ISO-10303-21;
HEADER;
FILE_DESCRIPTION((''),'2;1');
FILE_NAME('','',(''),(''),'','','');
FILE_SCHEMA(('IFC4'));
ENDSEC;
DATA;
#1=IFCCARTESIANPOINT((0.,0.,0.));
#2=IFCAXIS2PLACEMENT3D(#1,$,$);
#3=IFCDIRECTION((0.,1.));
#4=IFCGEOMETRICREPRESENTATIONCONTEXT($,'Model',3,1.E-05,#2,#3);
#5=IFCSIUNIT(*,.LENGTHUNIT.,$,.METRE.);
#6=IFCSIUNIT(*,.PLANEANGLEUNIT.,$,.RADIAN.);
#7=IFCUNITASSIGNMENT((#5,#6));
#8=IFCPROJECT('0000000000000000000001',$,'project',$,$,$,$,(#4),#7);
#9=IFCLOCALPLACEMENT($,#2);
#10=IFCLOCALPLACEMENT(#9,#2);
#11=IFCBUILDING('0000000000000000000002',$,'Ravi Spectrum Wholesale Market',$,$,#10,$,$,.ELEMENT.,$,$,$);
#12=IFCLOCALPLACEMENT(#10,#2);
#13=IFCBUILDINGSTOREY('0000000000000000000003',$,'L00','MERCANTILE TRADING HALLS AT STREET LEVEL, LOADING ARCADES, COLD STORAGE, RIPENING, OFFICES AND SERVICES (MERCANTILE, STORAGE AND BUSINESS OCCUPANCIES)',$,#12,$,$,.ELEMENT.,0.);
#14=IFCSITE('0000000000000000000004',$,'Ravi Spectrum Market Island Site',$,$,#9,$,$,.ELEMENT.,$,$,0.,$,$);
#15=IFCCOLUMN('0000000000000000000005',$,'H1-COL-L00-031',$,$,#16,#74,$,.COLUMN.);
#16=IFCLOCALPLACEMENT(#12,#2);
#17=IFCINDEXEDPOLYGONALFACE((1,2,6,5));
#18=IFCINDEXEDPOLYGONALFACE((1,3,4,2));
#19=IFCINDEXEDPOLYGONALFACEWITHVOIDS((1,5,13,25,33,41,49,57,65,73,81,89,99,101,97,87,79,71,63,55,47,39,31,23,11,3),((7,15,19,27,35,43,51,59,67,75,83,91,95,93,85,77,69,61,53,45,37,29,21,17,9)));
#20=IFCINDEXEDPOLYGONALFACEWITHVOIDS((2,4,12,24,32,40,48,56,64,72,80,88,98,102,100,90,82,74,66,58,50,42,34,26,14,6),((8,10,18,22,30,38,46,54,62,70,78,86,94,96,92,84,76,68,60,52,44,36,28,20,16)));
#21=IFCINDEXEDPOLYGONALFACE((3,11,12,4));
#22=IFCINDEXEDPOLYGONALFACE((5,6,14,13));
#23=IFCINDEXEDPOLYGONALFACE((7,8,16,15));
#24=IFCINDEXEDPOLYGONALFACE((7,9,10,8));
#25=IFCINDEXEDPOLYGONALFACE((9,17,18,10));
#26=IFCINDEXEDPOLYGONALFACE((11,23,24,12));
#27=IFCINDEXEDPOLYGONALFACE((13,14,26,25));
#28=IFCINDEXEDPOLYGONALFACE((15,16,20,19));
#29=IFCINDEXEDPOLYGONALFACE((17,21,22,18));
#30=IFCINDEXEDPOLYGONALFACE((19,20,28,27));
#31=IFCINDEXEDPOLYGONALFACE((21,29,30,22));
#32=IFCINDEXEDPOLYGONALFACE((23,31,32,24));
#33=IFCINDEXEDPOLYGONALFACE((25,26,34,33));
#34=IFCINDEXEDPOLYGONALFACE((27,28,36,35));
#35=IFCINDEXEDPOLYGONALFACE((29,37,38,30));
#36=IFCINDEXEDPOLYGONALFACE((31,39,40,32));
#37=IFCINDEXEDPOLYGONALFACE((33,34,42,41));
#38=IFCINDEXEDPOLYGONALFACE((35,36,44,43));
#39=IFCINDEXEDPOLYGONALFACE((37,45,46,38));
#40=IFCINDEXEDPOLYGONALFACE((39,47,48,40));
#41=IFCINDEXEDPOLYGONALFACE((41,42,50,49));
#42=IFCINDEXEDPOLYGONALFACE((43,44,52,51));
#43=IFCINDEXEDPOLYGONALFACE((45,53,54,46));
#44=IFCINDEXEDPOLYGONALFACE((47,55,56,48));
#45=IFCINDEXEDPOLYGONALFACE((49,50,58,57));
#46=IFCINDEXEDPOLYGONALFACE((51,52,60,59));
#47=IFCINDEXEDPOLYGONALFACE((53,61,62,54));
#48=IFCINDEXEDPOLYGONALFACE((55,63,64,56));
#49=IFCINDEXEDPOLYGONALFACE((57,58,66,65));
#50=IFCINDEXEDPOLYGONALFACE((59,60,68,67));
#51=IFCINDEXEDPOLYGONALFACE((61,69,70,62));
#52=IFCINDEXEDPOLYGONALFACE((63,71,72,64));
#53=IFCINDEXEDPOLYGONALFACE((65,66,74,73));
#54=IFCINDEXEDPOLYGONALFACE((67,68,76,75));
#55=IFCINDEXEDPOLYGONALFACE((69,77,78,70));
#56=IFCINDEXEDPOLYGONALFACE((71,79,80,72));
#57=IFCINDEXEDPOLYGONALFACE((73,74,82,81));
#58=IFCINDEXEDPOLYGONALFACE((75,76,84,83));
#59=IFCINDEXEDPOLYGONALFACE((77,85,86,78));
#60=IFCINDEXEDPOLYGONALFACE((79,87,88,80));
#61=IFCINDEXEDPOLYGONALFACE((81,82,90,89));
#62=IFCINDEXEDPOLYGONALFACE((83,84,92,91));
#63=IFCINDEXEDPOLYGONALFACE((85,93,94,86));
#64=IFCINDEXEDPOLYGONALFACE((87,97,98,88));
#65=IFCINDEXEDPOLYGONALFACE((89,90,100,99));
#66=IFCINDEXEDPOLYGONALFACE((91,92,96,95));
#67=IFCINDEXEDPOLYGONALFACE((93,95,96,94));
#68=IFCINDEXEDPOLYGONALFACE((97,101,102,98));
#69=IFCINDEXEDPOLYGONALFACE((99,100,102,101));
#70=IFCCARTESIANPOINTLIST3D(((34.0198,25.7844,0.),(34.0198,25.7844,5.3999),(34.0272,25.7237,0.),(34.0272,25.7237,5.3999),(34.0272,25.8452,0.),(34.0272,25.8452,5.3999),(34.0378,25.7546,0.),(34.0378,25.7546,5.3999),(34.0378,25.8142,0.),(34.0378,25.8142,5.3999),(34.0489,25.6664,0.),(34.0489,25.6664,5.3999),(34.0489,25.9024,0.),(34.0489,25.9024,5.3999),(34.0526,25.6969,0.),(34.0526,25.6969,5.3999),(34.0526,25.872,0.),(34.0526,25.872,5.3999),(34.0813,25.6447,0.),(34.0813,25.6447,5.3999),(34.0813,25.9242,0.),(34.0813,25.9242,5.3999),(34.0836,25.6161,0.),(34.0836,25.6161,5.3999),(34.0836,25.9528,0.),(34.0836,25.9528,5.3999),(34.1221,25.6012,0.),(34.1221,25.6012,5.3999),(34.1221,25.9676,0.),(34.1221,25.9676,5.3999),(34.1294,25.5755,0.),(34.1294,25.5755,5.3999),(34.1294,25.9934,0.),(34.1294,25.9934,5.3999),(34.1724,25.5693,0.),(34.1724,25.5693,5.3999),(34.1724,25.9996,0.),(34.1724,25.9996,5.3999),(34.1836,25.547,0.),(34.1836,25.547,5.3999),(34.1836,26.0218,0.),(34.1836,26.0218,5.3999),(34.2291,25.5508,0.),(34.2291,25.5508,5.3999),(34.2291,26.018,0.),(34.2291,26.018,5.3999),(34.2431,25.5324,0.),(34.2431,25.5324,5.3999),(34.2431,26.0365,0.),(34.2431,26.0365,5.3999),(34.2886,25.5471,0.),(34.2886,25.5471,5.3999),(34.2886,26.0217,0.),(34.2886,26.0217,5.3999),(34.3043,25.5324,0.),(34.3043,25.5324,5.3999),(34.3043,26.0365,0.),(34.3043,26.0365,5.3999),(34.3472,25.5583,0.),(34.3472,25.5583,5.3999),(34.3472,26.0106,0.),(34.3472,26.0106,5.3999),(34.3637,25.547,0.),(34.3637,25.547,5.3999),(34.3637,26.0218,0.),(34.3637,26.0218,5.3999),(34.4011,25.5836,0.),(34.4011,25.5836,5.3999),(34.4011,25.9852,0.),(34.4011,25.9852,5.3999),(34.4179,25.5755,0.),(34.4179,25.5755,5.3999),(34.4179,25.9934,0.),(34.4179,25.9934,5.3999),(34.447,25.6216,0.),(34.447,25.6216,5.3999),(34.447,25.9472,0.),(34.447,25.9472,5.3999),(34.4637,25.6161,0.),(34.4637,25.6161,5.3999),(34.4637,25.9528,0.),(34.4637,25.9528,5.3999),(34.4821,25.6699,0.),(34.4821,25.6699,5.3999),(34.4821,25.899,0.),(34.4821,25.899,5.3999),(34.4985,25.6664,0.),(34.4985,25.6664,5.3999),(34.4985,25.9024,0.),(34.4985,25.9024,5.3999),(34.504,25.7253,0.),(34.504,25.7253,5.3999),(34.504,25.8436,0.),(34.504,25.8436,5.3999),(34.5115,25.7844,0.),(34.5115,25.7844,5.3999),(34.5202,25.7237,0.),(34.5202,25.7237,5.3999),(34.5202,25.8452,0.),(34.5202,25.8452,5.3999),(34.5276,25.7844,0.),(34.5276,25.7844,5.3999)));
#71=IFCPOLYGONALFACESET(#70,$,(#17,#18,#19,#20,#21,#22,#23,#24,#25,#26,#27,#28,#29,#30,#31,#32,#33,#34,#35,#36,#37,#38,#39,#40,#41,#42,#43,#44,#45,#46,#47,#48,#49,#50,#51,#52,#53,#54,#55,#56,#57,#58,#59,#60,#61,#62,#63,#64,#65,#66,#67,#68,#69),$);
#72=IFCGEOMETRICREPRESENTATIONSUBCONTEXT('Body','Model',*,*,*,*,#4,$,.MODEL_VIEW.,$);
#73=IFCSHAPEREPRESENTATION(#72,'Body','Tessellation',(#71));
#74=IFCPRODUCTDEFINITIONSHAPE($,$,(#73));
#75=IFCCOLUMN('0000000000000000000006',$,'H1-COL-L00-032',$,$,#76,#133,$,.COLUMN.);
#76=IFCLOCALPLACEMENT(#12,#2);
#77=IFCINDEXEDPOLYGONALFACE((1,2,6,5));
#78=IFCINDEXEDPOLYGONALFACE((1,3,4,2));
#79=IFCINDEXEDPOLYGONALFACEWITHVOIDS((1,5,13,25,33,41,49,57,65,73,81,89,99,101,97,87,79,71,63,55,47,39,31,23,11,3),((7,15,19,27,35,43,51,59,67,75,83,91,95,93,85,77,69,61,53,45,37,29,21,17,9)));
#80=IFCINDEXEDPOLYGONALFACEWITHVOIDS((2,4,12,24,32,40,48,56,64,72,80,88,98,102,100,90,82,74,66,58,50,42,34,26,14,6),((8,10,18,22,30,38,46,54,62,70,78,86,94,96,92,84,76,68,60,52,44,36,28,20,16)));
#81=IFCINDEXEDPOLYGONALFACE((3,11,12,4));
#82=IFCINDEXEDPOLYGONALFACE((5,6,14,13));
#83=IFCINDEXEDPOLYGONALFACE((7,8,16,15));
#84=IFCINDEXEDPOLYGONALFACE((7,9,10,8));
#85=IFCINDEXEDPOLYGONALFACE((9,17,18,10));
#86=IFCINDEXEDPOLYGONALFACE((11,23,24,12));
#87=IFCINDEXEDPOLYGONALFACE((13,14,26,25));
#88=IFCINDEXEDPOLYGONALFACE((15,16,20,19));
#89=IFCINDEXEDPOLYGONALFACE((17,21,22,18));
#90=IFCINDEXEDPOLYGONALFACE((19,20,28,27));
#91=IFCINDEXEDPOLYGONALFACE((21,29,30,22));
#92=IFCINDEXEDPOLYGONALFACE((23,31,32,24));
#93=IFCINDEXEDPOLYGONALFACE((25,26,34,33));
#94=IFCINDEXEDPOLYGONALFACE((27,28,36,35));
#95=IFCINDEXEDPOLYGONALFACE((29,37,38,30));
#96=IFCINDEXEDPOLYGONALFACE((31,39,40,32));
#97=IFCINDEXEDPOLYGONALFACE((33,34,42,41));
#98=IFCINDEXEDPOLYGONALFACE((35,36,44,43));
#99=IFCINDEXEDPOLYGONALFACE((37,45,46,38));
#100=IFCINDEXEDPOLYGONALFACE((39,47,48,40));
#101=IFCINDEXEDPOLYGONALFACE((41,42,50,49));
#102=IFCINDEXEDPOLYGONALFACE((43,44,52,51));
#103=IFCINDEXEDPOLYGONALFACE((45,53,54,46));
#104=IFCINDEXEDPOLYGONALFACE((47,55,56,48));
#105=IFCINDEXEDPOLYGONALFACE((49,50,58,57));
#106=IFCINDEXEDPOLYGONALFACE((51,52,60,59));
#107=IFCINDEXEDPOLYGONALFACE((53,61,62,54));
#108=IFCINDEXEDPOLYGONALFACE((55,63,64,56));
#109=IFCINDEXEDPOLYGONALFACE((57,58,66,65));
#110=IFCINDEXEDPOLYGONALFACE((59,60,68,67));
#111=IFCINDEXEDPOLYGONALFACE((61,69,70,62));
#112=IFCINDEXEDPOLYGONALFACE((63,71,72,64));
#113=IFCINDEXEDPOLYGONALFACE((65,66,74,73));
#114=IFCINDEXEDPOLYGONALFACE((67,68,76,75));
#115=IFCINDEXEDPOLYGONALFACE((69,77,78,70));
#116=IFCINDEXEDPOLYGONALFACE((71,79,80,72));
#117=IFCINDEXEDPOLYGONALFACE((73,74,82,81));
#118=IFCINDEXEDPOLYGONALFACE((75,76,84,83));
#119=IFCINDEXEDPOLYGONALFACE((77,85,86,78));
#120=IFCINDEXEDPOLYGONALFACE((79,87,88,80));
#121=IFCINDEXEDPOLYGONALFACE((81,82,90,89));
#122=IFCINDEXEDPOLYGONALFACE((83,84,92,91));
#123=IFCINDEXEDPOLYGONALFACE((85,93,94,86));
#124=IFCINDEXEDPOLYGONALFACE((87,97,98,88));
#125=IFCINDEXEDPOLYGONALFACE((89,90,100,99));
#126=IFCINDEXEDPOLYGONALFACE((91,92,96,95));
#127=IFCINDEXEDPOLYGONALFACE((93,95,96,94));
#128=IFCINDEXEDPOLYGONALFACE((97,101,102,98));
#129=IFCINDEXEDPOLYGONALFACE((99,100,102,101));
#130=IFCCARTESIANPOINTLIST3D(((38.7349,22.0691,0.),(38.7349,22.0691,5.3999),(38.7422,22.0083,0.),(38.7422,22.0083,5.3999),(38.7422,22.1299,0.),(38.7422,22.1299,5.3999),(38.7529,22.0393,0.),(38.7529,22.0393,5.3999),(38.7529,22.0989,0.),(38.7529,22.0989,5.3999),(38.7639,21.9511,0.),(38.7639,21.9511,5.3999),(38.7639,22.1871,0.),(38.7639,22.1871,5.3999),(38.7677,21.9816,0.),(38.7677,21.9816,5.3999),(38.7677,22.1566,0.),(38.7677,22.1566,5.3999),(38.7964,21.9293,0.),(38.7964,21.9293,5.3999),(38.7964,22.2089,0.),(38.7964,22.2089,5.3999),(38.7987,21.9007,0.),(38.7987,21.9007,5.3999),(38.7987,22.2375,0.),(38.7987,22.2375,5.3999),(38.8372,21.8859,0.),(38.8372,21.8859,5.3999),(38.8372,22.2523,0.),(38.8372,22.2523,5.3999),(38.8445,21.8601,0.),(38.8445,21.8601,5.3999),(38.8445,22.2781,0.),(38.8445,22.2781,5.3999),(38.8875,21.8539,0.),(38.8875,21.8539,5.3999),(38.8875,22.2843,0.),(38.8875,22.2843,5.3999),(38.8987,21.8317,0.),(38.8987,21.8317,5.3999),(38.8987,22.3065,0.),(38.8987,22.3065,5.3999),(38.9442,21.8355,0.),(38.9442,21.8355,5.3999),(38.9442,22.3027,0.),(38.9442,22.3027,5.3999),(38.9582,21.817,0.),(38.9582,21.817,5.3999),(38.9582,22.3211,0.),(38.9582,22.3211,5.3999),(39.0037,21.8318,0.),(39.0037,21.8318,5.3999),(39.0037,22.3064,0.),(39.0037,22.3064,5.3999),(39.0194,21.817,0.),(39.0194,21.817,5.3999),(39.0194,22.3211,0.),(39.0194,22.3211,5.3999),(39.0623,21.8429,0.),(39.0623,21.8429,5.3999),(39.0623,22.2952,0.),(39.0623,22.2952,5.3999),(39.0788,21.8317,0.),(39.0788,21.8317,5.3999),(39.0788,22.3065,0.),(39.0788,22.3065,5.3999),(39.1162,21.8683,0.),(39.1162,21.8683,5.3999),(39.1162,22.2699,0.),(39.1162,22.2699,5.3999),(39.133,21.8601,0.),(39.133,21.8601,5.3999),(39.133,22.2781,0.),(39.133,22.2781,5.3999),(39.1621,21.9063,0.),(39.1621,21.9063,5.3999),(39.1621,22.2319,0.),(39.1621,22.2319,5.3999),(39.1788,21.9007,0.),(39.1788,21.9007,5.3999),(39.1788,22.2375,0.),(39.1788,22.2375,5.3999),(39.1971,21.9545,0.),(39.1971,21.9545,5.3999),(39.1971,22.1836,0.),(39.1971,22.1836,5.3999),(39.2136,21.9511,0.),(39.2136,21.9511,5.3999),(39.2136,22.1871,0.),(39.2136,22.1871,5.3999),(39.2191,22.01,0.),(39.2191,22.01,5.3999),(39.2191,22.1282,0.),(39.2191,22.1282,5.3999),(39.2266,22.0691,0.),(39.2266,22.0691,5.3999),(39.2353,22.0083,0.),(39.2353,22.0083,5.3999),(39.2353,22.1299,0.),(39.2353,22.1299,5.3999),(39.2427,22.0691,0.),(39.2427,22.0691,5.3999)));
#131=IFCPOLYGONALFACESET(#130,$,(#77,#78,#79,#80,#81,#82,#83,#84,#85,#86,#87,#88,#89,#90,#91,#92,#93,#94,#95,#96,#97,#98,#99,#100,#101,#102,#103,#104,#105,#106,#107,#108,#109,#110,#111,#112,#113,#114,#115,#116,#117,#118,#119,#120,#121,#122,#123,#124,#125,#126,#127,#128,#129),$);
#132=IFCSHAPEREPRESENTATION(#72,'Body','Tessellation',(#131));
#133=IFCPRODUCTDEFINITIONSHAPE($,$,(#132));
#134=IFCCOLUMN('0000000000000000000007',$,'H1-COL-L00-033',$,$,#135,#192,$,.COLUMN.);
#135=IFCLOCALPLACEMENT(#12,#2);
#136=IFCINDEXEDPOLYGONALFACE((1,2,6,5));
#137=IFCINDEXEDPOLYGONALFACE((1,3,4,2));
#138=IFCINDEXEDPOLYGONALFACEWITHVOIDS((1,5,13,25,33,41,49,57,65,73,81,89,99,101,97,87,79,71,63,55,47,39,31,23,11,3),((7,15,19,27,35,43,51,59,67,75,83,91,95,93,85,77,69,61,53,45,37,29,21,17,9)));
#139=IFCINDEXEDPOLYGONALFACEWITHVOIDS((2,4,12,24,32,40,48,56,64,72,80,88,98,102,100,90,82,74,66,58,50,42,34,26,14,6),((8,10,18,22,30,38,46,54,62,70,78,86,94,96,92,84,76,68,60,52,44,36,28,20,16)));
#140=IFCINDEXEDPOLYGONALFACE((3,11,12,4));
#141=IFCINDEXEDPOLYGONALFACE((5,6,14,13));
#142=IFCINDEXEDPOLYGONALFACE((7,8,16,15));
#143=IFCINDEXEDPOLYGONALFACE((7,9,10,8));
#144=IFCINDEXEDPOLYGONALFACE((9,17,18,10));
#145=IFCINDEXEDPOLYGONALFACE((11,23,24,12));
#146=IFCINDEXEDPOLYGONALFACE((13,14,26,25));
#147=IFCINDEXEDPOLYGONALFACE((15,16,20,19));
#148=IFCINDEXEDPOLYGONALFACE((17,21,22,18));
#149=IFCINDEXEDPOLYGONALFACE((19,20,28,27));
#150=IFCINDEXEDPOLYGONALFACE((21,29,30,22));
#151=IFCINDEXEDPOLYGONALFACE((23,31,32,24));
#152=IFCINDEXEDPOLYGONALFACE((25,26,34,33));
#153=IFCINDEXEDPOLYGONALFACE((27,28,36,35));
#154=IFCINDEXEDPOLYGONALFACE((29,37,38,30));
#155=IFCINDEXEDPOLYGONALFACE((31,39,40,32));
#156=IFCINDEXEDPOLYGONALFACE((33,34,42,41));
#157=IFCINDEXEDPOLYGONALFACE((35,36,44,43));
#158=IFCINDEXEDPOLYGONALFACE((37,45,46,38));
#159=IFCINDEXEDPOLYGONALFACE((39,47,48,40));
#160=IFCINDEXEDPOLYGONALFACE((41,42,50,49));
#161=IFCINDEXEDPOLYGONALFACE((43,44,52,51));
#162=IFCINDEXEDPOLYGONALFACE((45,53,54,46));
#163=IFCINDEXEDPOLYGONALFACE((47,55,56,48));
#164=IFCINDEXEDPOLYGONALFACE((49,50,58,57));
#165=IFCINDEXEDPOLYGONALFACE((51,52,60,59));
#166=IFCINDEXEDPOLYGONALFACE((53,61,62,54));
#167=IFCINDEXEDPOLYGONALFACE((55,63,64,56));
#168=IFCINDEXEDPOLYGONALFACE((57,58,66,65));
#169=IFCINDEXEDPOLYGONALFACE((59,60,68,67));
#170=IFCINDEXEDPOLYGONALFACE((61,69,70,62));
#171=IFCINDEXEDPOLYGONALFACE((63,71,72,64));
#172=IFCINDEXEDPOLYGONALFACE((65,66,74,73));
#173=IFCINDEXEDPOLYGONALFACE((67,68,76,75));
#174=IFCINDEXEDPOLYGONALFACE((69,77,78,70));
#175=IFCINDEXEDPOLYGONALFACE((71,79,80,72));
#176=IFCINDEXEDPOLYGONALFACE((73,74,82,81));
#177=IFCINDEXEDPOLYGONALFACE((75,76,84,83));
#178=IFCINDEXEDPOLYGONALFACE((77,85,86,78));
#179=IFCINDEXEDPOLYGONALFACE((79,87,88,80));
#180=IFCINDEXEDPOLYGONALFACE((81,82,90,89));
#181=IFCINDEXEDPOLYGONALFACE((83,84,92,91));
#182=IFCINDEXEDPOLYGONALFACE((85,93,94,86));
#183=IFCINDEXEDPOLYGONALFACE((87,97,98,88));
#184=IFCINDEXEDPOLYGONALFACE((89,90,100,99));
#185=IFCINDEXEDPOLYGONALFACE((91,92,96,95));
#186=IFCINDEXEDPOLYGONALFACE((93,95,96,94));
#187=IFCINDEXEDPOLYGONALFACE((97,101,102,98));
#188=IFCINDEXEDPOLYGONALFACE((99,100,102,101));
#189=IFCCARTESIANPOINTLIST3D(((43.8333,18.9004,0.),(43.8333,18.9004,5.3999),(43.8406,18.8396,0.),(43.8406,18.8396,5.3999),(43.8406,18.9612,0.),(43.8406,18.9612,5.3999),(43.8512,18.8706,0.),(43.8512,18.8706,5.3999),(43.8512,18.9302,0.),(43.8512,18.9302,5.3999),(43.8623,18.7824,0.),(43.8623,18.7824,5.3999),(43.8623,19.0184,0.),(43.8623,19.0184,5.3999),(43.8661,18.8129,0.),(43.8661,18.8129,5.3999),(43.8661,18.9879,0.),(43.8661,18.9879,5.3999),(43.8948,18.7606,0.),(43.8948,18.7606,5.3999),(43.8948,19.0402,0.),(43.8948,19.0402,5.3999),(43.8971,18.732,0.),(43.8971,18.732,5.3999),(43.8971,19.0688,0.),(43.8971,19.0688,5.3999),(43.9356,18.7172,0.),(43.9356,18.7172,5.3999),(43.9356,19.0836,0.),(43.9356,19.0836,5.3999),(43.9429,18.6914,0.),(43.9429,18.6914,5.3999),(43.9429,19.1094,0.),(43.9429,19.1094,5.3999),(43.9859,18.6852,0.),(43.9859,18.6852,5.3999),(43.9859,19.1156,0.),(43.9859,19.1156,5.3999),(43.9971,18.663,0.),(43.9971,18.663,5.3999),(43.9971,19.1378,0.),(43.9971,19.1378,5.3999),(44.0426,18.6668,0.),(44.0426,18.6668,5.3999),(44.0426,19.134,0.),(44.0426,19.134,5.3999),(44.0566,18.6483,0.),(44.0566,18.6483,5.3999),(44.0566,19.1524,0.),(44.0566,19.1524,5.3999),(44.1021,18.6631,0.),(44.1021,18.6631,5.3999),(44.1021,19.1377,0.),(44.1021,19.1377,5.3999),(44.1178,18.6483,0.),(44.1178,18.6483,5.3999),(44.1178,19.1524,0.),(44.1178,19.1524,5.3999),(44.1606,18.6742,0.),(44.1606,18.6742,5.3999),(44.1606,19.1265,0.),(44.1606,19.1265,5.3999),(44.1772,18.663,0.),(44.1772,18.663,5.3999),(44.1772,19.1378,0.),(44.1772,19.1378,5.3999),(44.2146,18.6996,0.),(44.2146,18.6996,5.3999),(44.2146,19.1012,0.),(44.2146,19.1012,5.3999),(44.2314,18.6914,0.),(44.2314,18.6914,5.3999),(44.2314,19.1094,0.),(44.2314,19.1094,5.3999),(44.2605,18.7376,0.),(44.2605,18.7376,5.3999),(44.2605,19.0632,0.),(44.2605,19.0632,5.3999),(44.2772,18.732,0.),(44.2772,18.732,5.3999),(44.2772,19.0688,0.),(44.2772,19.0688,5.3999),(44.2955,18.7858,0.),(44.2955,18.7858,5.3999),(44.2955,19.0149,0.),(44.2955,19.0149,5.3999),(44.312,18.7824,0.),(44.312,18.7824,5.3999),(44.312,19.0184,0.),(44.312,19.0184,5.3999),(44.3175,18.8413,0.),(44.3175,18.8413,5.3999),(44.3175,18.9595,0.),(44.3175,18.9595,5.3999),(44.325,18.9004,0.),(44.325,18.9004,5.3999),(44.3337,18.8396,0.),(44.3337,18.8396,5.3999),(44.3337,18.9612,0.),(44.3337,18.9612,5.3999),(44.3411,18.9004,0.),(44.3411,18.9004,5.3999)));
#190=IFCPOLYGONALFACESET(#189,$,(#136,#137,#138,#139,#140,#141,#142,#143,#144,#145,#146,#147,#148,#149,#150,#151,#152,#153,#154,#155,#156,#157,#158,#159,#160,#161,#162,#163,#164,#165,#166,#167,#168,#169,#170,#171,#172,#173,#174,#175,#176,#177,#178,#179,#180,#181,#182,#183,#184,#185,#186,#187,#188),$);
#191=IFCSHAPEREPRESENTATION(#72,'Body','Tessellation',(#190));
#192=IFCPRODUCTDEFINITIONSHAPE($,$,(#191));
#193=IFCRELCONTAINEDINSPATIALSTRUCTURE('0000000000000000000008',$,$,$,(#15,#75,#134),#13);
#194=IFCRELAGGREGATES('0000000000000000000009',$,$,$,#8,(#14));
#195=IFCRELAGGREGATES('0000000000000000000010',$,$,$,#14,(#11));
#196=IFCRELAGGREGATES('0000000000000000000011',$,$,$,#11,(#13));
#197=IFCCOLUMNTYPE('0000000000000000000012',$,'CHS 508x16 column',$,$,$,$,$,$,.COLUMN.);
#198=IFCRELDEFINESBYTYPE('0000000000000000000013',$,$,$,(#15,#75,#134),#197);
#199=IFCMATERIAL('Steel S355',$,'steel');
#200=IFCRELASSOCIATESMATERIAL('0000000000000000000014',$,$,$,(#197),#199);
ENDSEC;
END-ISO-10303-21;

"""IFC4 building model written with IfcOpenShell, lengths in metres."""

from ifc_helpers import new_model, si_unit, direction, frame, origin, origin_2d, place, context, subcontext, project, spatial, hollow_circle, extrude, material, material_profile, profile_set, type_object, element, save


model = new_model("IFC4")

# Units and contexts
model_context = context("Model", 3, precision=1e-05, world=origin(), true_north=direction((0.0, 1.0)))
body_context = subcontext(model_context, "Body", "Model", "MODEL_VIEW")
ifc_project = project(units=[si_unit("LENGTHUNIT", "METRE"), si_unit("PLANEANGLEUNIT", "RADIAN")], contexts=[model_context])

# Site, building, storey
site_placement = place(None, origin())
site = spatial("IfcSite", under=ifc_project, at=site_placement, Name="Ravi Spectrum Market Island Site", CompositionType="ELEMENT", RefElevation=0.0)
building_placement = place(site_placement, origin())
building = spatial("IfcBuilding", under=site, at=building_placement, Name="Ravi Spectrum Wholesale Market", CompositionType="ELEMENT")
storey_placement = place(building_placement, origin())
storey = spatial("IfcBuildingStorey", under=building, at=storey_placement, Name="L00", Description="MERCANTILE TRADING HALLS AT STREET LEVEL, LOADING ARCADES, COLD STORAGE, RIPENING, OFFICES AND SERVICES (MERCANTILE, STORAGE AND BUSINESS OCCUPANCIES)", CompositionType="ELEMENT", Elevation=0.0)

# Columns
ifc_material_1 = material(Name="Steel S355", Category="steel")
ifc_material_profile = material_profile(ifc_material_1, hollow_circle(Radius=0.2539, WallThickness=0.0161, at=origin_2d()))
ifc_profile_set = profile_set([ifc_material_profile], Name="Steel S355")
column_type = type_object("IfcColumnType", Name="CHS 508x16 column", PredefinedType="COLUMN", material=ifc_profile_set)
for number, where, z_axis, x_axis, name in (
    (1, (34.2737, 25.7844, 0.0), (0.0, 0.0, 1.0), (1.0, 0.0, 0.0), "H1-COL-L00-031"),
    (2, (38.9888, 22.0691, 0.0), (0.0, 0.0, 1.0), (1.0, 0.0, 0.0), "H1-COL-L00-032"),
    (3, (44.0872, 18.9004, 0.0), (0.0, 0.0, 1.0), (1.0, 0.0, 0.0), "H1-COL-L00-033"),
):
    element("IfcColumn", number, at=place(storey_placement, frame(where, z_axis=z_axis, x_axis=x_axis)), inside=storey, type_object=column_type, Name=name, PredefinedType="COLUMN", context=body_context, shape_type="SweptSolid", body=[
        extrude(hollow_circle(Radius=0.2539, WallThickness=0.0161, at=origin_2d()), origin(), (0.0, 0.0, 1.0), 5.3999),
    ])

save(model, "model.ifc")
